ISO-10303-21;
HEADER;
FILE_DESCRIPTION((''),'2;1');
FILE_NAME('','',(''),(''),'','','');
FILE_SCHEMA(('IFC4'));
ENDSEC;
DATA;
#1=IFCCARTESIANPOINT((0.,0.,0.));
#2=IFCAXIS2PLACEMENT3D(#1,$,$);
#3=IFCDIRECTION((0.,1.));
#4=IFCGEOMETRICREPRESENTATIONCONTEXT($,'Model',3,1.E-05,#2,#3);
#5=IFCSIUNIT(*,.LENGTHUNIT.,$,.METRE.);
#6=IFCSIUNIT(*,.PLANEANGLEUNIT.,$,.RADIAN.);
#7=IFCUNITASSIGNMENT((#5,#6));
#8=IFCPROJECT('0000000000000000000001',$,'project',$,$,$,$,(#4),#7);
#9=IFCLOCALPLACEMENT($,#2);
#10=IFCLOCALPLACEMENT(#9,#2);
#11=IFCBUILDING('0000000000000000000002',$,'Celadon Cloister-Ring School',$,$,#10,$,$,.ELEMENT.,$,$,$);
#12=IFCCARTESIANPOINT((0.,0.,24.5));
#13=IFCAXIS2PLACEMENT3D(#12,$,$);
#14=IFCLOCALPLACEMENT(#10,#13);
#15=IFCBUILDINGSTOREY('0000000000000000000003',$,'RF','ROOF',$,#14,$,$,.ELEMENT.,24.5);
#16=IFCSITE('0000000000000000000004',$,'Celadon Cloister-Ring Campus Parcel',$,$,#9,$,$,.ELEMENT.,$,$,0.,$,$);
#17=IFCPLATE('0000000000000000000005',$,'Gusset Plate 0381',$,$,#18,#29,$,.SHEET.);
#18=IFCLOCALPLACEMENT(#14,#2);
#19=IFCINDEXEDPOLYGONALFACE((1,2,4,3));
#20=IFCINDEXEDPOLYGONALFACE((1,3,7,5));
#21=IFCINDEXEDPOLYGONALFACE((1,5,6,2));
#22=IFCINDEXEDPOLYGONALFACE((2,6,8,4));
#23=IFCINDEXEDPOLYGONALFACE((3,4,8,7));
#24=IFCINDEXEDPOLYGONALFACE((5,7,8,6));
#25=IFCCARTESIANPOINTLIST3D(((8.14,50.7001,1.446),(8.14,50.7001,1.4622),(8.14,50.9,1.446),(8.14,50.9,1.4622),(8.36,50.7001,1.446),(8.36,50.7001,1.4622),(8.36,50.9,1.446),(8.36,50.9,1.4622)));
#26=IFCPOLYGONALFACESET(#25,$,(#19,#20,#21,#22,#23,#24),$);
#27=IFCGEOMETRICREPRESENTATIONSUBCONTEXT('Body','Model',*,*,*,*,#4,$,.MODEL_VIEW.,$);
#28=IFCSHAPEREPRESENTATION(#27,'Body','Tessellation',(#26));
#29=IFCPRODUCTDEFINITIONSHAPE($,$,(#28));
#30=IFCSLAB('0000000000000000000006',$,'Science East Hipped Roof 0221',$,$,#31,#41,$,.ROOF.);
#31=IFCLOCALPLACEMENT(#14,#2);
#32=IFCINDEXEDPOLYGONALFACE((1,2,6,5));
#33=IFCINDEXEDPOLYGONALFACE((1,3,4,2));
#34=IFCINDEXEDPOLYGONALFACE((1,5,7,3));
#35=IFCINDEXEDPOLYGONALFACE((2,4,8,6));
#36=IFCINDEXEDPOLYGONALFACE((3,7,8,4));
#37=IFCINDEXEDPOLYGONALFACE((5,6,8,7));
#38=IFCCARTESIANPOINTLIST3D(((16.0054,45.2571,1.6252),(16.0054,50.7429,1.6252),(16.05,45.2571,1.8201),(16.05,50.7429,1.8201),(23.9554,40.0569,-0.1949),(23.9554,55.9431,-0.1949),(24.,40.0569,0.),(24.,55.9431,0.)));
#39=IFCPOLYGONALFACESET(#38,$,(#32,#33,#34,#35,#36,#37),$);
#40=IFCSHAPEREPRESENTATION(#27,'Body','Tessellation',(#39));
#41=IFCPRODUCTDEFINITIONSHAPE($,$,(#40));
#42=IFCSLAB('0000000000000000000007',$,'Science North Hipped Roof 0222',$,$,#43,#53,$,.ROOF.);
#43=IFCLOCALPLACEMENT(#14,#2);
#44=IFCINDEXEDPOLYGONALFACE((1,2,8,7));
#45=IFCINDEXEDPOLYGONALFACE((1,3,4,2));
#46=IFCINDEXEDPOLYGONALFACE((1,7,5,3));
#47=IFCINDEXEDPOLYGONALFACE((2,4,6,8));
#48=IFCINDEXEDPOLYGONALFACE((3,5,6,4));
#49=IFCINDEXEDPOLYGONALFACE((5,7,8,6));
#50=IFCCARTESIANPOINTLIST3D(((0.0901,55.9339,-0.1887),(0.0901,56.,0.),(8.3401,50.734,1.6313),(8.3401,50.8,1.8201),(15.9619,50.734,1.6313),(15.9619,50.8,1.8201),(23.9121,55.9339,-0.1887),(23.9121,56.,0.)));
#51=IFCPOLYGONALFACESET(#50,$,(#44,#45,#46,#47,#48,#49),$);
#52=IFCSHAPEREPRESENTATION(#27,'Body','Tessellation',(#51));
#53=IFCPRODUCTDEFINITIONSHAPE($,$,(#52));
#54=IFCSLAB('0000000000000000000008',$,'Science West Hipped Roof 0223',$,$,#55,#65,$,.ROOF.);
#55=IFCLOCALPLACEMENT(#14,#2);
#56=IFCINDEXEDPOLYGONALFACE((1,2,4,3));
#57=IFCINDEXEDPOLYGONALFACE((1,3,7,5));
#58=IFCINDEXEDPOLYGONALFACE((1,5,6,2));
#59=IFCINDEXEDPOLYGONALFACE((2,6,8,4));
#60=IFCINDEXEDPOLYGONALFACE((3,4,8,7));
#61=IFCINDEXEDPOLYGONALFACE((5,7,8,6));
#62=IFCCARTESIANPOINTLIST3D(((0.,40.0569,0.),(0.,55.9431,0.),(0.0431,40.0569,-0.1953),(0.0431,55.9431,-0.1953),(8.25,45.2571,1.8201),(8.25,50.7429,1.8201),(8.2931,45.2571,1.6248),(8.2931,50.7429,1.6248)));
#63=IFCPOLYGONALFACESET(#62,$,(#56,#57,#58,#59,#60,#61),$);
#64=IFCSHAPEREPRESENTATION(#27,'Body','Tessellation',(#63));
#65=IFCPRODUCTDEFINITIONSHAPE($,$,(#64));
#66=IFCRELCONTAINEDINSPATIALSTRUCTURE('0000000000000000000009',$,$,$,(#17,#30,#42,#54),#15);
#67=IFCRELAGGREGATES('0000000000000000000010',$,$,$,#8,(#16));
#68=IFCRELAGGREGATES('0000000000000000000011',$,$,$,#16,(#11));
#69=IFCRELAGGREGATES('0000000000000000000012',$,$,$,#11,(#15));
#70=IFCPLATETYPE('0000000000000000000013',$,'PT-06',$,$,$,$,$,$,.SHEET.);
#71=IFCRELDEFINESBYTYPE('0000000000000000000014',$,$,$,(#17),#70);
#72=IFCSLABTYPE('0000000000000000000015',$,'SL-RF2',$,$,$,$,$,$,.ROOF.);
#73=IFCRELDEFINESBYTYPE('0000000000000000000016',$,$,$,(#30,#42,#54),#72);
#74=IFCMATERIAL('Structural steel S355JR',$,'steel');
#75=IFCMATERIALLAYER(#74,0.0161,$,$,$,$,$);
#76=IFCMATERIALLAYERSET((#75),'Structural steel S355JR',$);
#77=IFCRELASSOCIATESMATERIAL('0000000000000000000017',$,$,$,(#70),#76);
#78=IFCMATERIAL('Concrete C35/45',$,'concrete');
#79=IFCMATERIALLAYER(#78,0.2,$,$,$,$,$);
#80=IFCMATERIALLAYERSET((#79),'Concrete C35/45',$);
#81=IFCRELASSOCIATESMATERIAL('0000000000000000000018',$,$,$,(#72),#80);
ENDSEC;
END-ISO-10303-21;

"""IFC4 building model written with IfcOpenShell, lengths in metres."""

from ifc_helpers import new_model, si_unit, direction, frame, origin, origin_2d, place, context, subcontext, project, spatial, polyline, rectangle, outline, extrude, material, layer, layer_set, type_object, element, save


model = new_model("IFC4")

# Units and contexts
model_context = context("Model", 3, precision=1e-05, world=origin(), true_north=direction((0.0, 1.0)))
body_context = subcontext(model_context, "Body", "Model", "MODEL_VIEW")
ifc_project = project(units=[si_unit("LENGTHUNIT", "METRE"), si_unit("PLANEANGLEUNIT", "RADIAN")], contexts=[model_context])

# Site, building, storey
site_placement = place(None, origin())
site = spatial("IfcSite", under=ifc_project, at=site_placement, Name="Celadon Cloister-Ring Campus Parcel", CompositionType="ELEMENT", RefElevation=0.0)
building_placement = place(site_placement, origin())
building = spatial("IfcBuilding", under=site, at=building_placement, Name="Celadon Cloister-Ring School", CompositionType="ELEMENT")
storey_placement = place(building_placement, frame((0.0, 0.0, 24.5)))
storey = spatial("IfcBuildingStorey", under=building, at=storey_placement, Name="RF", Description="ROOF", CompositionType="ELEMENT", Elevation=24.5)

# Plate
ifc_material_1 = material(Name="Structural steel S355JR", Category="steel")
ifc_layer_1 = layer(ifc_material_1, 0.0161)
ifc_layer_set_1 = layer_set([ifc_layer_1], Name="Structural steel S355JR")
plate_type_1 = type_object("IfcPlateType", Name="PT-06", PredefinedType="SHEET", material=ifc_layer_set_1)
for number, where, z_axis, x_axis, name in (
    (1, (8.25, 50.8, 1.446), (0.0, 0.0, 1.0), (1.0, 0.0, 0.0), "Gusset Plate 0381"),
):
    element("IfcPlate", number, at=place(storey_placement, frame(where, z_axis=z_axis, x_axis=x_axis)), inside=storey, type_object=plate_type_1, Name=name, PredefinedType="SHEET", context=body_context, shape_type="SweptSolid", body=[
        extrude(rectangle(XDim=0.22, YDim=0.2, at=origin_2d()), origin(), (0.0, 0.0, 1.0), 0.0161),
    ])

# Slabs
ifc_material_2 = material(Name="Concrete C35/45", Category="concrete")
ifc_layer_2 = layer(ifc_material_2, 0.2)
ifc_layer_set_2 = layer_set([ifc_layer_2], Name="Concrete C35/45")
slab_type = type_object("IfcSlabType", Name="SL-RF2", PredefinedType="ROOF", material=ifc_layer_set_2)
slab_1_placement = place(storey_placement, frame((16.05, 50.7429, 1.8201), z_axis=(0.223167, 0.0, 0.97478), x_axis=(0.821917, 0.537629, -0.18817)))
element("IfcSlab", 2, at=slab_1_placement, inside=storey, type_object=slab_type, Name="Science East Hipped Roof 0221", PredefinedType="ROOF", context=body_context, shape_type="SweptSolid", body=[
    extrude(outline(polyline([(0.0, 0.0), (9.6725, 0.0), (1.1316, -13.395), (-2.9493, -4.6256), (0.0, 0.0)])), origin(), (0.0, 0.0, -1.0), 0.2),
])
slab_2_placement = place(storey_placement, frame((8.3401, 50.8, 1.8201), z_axis=(0.0, 0.330364, 0.943854), x_axis=(-0.831618, 0.524167, -0.183467)))
element("IfcSlab", 3, at=slab_2_placement, inside=storey, type_object=slab_type, Name="Science North Hipped Roof 0222", PredefinedType="ROOF", context=body_context, shape_type="SweptSolid", body=[
    extrude(outline(polyline([(0.0, 0.0), (9.9204, 0.0), (-9.8904, -13.2295), (-6.3385, -4.2328), (0.0, 0.0)])), origin(), (0.0, 0.0, -1.0), 0.2),
])
slab_3_placement = place(storey_placement, frame((8.25, 45.2571, 1.8201), z_axis=(-0.215434, 0.0, 0.976518), x_axis=(-0.831608, -0.524185, -0.183465)))
element("IfcSlab", 4, at=slab_3_placement, inside=storey, type_object=slab_type, Name="Science West Hipped Roof 0223", PredefinedType="ROOF", context=body_context, shape_type="SweptSolid", body=[
    extrude(outline(polyline([(0.0, 0.0), (9.9205, 0.0), (1.5932, -13.5288), (-2.8756, -4.6718), (0.0, 0.0)])), origin(), (0.0, 0.0, -1.0), 0.2),
])

save(model, "model.ifc")
